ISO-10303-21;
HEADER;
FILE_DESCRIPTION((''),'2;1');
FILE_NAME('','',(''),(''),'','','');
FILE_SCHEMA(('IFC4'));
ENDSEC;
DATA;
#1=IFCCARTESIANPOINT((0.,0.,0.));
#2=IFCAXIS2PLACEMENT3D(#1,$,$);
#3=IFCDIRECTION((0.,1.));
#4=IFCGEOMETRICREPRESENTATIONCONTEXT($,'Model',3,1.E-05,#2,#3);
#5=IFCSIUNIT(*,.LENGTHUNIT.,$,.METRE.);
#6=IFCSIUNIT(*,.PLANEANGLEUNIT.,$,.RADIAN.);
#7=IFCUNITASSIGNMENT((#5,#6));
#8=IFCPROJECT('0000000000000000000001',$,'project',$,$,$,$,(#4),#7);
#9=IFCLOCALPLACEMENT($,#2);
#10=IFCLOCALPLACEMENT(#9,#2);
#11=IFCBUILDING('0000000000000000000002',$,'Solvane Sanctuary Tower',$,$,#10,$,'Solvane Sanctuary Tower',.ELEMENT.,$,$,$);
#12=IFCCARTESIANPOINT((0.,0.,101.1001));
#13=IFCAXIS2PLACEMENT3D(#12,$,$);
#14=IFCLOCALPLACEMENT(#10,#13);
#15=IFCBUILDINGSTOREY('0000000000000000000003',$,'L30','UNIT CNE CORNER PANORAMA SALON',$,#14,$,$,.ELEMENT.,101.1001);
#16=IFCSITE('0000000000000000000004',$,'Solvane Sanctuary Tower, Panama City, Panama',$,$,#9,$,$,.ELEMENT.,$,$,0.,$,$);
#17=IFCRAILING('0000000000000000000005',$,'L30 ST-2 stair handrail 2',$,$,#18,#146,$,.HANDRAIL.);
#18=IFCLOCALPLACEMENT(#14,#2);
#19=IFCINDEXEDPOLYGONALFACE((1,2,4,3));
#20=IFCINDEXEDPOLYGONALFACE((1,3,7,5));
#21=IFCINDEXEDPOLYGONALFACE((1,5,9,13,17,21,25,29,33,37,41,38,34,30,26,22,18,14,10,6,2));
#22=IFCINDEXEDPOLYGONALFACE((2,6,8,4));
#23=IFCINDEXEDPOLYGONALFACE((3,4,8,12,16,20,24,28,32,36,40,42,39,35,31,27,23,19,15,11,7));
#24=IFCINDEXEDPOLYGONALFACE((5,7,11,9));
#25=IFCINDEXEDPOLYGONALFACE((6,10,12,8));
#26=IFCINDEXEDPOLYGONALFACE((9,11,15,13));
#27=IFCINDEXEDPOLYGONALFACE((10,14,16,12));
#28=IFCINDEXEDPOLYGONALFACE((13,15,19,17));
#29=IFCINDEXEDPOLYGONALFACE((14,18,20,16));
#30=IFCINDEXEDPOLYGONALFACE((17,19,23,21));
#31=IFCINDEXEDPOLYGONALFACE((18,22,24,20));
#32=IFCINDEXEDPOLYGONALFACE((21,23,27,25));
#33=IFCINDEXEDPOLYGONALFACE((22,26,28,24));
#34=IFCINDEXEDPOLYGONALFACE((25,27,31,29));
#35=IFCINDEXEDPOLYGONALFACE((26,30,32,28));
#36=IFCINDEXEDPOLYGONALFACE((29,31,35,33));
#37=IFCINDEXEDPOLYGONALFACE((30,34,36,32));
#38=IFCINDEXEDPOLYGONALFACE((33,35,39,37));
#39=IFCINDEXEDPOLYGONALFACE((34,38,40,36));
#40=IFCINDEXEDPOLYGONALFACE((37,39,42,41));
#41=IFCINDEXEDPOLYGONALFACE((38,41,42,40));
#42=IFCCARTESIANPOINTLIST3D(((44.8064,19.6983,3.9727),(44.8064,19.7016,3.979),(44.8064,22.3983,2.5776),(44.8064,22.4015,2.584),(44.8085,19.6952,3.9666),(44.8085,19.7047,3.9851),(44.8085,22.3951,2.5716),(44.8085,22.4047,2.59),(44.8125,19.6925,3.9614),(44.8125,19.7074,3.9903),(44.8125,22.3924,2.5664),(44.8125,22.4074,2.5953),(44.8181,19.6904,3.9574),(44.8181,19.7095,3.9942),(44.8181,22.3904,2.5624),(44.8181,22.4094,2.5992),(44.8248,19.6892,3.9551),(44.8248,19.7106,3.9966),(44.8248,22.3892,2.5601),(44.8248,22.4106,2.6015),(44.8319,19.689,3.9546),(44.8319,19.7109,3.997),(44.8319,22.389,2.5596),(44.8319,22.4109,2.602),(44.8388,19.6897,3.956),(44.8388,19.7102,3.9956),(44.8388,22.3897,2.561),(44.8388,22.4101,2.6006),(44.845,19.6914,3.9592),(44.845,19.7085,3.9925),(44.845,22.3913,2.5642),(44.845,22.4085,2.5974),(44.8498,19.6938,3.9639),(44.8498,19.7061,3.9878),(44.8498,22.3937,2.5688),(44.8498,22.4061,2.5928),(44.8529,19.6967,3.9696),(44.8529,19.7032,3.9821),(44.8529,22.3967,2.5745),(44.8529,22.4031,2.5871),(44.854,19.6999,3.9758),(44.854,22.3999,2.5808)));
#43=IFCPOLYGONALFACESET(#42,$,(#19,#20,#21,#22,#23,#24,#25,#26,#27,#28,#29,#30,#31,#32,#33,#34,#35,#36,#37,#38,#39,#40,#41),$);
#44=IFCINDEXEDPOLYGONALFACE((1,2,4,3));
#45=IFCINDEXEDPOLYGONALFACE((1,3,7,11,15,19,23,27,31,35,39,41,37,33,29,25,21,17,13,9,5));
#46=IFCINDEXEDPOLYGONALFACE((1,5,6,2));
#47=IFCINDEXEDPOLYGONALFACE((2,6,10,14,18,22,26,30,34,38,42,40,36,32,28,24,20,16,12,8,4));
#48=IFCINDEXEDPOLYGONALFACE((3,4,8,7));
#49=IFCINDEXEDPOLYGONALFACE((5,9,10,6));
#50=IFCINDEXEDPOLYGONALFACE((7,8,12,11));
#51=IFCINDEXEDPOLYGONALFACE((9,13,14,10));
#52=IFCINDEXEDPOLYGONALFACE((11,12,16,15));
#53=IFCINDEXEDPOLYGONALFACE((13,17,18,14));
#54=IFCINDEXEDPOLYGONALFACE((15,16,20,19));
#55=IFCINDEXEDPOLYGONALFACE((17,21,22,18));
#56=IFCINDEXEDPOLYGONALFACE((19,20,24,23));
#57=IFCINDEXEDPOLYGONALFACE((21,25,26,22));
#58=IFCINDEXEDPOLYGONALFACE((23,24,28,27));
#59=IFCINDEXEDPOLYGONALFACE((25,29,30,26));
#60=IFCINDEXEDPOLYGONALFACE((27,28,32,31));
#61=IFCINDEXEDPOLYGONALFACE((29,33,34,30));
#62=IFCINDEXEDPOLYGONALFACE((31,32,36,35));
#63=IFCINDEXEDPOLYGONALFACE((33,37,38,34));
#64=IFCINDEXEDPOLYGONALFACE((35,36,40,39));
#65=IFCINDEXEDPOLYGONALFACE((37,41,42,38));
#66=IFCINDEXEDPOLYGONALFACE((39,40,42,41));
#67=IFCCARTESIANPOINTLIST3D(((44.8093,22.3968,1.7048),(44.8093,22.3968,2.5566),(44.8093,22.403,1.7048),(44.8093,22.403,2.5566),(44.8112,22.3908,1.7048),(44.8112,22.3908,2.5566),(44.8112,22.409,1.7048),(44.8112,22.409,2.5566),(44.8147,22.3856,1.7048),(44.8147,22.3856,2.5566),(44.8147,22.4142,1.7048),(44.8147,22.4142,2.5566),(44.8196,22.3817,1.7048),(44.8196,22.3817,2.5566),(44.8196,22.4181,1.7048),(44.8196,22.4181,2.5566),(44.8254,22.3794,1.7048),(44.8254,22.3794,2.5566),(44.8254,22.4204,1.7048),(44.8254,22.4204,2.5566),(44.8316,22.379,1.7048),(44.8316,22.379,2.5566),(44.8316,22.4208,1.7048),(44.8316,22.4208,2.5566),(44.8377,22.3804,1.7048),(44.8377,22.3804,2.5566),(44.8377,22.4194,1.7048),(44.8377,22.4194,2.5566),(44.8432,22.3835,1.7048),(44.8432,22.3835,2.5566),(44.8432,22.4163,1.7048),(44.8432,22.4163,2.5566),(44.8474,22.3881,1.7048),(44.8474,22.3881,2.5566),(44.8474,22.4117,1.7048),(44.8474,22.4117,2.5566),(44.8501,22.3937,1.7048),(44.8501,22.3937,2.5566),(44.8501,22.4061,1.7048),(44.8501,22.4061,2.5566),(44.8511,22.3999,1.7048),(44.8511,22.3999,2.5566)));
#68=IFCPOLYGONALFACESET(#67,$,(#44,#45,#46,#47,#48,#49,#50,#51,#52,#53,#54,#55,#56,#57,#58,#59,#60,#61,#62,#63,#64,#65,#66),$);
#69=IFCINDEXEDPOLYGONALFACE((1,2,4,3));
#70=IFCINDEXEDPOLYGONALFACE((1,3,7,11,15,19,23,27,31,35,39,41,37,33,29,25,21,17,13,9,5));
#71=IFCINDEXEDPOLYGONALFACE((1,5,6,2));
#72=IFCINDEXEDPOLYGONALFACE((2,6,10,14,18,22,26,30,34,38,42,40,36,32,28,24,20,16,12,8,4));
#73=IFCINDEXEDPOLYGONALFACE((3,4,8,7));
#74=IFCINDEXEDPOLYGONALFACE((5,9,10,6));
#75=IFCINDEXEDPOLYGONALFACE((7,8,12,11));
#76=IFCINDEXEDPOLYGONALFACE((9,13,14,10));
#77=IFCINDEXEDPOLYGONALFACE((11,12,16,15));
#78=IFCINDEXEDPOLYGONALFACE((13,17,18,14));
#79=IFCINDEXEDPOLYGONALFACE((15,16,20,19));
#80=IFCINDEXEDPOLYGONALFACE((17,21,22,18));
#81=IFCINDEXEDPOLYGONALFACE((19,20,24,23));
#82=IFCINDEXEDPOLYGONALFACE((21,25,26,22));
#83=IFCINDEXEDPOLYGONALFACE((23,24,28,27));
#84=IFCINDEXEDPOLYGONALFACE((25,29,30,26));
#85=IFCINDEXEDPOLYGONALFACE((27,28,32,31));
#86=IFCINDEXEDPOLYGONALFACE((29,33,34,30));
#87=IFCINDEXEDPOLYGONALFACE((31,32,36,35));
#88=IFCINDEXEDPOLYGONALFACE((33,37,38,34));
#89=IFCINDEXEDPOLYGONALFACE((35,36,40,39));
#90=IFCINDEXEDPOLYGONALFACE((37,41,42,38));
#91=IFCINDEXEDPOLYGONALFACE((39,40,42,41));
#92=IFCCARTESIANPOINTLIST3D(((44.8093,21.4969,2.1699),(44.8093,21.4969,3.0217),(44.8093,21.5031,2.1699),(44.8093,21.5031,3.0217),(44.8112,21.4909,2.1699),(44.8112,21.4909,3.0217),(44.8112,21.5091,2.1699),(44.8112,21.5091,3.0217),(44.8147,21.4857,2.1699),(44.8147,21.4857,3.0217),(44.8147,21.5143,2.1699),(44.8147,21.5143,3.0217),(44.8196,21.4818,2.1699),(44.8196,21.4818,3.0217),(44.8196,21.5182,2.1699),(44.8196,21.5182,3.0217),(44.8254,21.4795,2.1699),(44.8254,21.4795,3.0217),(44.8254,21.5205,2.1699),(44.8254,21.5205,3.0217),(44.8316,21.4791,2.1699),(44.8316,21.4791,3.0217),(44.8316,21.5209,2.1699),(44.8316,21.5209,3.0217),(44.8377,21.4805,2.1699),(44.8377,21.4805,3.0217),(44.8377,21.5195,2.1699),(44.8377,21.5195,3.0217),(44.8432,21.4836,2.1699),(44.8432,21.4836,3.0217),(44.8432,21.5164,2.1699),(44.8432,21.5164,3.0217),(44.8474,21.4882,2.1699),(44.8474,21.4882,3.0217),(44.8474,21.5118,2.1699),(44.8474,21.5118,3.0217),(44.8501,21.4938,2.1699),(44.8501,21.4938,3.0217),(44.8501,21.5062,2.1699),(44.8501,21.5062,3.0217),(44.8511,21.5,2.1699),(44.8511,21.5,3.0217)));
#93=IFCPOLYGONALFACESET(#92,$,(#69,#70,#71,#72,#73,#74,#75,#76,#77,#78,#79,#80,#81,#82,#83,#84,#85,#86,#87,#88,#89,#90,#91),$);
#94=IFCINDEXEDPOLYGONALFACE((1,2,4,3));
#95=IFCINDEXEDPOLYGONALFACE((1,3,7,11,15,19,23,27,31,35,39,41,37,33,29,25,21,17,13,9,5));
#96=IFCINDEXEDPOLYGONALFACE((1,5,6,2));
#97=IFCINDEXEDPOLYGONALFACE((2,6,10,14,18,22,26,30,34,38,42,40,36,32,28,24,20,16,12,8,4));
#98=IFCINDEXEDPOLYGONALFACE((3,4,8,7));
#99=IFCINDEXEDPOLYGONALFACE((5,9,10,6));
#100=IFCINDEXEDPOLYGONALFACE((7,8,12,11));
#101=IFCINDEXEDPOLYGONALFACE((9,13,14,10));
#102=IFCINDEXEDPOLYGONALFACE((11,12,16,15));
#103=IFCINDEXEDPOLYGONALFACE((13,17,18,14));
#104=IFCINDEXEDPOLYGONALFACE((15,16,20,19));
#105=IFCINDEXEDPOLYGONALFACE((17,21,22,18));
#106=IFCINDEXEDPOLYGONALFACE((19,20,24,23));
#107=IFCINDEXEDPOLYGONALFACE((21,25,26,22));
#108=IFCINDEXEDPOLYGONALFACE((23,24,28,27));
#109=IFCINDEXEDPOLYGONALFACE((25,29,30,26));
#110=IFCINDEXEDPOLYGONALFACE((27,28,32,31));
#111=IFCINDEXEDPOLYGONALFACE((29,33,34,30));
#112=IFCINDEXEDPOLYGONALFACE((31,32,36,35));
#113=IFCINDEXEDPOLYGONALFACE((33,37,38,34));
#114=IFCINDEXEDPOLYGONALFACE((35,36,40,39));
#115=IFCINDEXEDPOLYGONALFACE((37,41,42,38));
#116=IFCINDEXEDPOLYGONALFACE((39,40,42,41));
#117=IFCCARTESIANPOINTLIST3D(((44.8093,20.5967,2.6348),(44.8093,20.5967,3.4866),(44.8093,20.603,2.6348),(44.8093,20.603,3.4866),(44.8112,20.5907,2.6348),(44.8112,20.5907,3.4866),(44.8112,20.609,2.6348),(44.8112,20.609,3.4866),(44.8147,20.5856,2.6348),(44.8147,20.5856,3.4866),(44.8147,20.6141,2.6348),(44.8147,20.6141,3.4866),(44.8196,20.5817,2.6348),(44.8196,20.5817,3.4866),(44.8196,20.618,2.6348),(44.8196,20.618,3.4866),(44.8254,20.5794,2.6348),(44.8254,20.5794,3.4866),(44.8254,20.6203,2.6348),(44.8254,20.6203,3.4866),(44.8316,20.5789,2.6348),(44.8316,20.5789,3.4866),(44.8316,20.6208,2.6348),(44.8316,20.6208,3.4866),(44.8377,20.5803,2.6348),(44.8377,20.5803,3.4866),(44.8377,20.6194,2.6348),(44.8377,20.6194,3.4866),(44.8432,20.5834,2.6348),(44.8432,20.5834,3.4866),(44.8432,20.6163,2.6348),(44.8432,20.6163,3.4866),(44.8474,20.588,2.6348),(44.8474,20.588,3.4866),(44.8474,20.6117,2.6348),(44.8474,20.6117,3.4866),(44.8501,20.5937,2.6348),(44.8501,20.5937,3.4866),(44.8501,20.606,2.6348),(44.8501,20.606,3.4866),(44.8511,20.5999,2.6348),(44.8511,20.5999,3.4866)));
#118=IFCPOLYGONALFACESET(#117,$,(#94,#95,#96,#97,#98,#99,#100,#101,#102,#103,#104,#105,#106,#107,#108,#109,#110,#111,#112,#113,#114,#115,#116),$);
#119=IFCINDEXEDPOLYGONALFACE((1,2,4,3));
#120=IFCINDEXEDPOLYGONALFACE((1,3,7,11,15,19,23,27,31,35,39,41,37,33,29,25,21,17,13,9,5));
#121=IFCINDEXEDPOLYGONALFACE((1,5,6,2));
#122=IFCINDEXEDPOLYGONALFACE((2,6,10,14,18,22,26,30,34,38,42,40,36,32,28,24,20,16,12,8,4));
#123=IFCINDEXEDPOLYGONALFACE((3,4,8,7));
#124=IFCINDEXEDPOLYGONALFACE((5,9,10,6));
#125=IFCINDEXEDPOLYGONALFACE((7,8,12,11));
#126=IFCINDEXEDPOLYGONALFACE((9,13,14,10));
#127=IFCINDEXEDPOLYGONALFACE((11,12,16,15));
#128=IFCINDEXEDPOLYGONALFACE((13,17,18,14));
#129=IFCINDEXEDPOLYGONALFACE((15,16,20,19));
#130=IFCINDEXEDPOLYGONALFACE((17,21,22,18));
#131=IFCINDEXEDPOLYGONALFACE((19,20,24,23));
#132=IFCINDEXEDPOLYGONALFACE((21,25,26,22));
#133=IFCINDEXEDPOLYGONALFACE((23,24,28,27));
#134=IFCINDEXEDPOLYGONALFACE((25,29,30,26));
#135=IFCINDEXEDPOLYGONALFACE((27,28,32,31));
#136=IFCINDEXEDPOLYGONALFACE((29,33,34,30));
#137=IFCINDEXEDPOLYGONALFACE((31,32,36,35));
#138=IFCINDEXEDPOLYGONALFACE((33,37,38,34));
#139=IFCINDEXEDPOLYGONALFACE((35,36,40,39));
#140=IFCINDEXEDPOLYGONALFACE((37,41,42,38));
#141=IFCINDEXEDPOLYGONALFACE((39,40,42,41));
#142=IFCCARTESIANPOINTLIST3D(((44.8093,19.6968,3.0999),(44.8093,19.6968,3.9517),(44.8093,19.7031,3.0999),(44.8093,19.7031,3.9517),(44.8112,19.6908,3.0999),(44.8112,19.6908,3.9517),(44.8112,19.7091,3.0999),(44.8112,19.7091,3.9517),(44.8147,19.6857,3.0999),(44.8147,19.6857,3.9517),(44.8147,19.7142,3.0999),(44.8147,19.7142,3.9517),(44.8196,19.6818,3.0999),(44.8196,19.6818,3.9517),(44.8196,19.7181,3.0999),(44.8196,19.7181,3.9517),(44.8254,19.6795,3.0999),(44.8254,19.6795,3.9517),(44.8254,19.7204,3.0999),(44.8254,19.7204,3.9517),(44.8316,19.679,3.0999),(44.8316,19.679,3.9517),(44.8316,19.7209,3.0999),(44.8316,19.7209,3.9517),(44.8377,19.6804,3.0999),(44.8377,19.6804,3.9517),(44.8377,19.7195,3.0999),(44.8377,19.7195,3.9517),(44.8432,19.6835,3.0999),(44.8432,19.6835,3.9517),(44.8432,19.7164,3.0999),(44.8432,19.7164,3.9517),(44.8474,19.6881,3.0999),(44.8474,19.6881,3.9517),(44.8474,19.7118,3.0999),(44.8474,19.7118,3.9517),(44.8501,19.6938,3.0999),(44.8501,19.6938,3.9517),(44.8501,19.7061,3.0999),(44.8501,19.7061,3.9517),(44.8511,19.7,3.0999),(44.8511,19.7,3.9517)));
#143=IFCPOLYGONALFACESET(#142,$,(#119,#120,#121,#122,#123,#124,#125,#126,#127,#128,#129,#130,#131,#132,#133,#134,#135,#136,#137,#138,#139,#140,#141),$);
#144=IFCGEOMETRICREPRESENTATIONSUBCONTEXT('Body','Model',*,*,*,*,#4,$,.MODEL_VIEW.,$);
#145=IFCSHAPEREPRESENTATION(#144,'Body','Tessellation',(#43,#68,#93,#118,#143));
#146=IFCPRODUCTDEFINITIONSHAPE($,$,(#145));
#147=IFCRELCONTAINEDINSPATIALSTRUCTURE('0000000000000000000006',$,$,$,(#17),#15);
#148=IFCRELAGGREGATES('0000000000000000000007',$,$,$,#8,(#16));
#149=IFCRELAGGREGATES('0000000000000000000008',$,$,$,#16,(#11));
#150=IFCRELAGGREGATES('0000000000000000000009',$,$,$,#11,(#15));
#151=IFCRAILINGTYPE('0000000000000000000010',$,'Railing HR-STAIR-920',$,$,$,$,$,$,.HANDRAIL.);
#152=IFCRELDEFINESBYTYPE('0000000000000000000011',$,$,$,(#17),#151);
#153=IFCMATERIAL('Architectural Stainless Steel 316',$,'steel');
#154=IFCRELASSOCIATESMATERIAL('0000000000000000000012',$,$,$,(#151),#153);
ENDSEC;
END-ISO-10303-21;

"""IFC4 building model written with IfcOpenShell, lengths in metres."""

from ifc_helpers import new_model, si_unit, direction, frame, origin, origin_2d, place, context, subcontext, project, spatial, circle, extrude, material, type_object, element, save


model = new_model("IFC4")

# Units and contexts
model_context = context("Model", 3, precision=1e-05, world=origin(), true_north=direction((0.0, 1.0)))
body_context = subcontext(model_context, "Body", "Model", "MODEL_VIEW")
ifc_project = project(units=[si_unit("LENGTHUNIT", "METRE"), si_unit("PLANEANGLEUNIT", "RADIAN")], contexts=[model_context])

# Site, building, storey
site_placement = place(None, origin())
site = spatial("IfcSite", under=ifc_project, at=site_placement, Name="Solvane Sanctuary Tower, Panama City, Panama", CompositionType="ELEMENT", RefElevation=0.0)
building_placement = place(site_placement, origin())
building = spatial("IfcBuilding", under=site, at=building_placement, Name="Solvane Sanctuary Tower", LongName="Solvane Sanctuary Tower", CompositionType="ELEMENT")
storey_placement = place(building_placement, frame((0.0, 0.0, 101.1001)))
storey = spatial("IfcBuildingStorey", under=building, at=storey_placement, Name="L30", Description="UNIT CNE CORNER PANORAMA SALON", CompositionType="ELEMENT", Elevation=101.1001)

# Shared definitions
ifc_material_1 = material(Name="Architectural Stainless Steel 316", Category="steel")

# Railing
railing_type_1 = type_object("IfcRailingType", Name="Railing HR-STAIR-920", PredefinedType="HANDRAIL", material=ifc_material_1)
railing_1_placement = place(storey_placement, frame((44.8301, 22.3999, 1.7048)))
element("IfcRailing", 1, at=railing_1_placement, inside=storey, type_object=railing_type_1, Name="L30 ST-2 stair handrail 2", PredefinedType="HANDRAIL", context=body_context, shape_type="SweptSolid", body=[
    extrude(circle(Radius=0.0239, at=origin_2d()), frame((0.0, 0.0, 0.876), z_axis=(0.0, -0.88842, 0.459032), x_axis=(1.0, 0.0, 0.0)), (0.0, 0.0, 1.0), 3.0391),
    extrude(circle(Radius=0.021, at=origin_2d()), origin(), (0.0, 0.0, 1.0), 0.8518),
    extrude(circle(Radius=0.021, at=origin_2d()), frame((0.0, -0.8999, 0.4651)), (0.0, 0.0, 1.0), 0.8518),
    extrude(circle(Radius=0.021, at=origin_2d()), frame((0.0, -1.8, 0.9299)), (0.0, 0.0, 1.0), 0.8518),
    extrude(circle(Radius=0.021, at=origin_2d()), frame((0.0, -2.7, 1.395)), (0.0, 0.0, 1.0), 0.8518),
])

save(model, "model.ifc")
